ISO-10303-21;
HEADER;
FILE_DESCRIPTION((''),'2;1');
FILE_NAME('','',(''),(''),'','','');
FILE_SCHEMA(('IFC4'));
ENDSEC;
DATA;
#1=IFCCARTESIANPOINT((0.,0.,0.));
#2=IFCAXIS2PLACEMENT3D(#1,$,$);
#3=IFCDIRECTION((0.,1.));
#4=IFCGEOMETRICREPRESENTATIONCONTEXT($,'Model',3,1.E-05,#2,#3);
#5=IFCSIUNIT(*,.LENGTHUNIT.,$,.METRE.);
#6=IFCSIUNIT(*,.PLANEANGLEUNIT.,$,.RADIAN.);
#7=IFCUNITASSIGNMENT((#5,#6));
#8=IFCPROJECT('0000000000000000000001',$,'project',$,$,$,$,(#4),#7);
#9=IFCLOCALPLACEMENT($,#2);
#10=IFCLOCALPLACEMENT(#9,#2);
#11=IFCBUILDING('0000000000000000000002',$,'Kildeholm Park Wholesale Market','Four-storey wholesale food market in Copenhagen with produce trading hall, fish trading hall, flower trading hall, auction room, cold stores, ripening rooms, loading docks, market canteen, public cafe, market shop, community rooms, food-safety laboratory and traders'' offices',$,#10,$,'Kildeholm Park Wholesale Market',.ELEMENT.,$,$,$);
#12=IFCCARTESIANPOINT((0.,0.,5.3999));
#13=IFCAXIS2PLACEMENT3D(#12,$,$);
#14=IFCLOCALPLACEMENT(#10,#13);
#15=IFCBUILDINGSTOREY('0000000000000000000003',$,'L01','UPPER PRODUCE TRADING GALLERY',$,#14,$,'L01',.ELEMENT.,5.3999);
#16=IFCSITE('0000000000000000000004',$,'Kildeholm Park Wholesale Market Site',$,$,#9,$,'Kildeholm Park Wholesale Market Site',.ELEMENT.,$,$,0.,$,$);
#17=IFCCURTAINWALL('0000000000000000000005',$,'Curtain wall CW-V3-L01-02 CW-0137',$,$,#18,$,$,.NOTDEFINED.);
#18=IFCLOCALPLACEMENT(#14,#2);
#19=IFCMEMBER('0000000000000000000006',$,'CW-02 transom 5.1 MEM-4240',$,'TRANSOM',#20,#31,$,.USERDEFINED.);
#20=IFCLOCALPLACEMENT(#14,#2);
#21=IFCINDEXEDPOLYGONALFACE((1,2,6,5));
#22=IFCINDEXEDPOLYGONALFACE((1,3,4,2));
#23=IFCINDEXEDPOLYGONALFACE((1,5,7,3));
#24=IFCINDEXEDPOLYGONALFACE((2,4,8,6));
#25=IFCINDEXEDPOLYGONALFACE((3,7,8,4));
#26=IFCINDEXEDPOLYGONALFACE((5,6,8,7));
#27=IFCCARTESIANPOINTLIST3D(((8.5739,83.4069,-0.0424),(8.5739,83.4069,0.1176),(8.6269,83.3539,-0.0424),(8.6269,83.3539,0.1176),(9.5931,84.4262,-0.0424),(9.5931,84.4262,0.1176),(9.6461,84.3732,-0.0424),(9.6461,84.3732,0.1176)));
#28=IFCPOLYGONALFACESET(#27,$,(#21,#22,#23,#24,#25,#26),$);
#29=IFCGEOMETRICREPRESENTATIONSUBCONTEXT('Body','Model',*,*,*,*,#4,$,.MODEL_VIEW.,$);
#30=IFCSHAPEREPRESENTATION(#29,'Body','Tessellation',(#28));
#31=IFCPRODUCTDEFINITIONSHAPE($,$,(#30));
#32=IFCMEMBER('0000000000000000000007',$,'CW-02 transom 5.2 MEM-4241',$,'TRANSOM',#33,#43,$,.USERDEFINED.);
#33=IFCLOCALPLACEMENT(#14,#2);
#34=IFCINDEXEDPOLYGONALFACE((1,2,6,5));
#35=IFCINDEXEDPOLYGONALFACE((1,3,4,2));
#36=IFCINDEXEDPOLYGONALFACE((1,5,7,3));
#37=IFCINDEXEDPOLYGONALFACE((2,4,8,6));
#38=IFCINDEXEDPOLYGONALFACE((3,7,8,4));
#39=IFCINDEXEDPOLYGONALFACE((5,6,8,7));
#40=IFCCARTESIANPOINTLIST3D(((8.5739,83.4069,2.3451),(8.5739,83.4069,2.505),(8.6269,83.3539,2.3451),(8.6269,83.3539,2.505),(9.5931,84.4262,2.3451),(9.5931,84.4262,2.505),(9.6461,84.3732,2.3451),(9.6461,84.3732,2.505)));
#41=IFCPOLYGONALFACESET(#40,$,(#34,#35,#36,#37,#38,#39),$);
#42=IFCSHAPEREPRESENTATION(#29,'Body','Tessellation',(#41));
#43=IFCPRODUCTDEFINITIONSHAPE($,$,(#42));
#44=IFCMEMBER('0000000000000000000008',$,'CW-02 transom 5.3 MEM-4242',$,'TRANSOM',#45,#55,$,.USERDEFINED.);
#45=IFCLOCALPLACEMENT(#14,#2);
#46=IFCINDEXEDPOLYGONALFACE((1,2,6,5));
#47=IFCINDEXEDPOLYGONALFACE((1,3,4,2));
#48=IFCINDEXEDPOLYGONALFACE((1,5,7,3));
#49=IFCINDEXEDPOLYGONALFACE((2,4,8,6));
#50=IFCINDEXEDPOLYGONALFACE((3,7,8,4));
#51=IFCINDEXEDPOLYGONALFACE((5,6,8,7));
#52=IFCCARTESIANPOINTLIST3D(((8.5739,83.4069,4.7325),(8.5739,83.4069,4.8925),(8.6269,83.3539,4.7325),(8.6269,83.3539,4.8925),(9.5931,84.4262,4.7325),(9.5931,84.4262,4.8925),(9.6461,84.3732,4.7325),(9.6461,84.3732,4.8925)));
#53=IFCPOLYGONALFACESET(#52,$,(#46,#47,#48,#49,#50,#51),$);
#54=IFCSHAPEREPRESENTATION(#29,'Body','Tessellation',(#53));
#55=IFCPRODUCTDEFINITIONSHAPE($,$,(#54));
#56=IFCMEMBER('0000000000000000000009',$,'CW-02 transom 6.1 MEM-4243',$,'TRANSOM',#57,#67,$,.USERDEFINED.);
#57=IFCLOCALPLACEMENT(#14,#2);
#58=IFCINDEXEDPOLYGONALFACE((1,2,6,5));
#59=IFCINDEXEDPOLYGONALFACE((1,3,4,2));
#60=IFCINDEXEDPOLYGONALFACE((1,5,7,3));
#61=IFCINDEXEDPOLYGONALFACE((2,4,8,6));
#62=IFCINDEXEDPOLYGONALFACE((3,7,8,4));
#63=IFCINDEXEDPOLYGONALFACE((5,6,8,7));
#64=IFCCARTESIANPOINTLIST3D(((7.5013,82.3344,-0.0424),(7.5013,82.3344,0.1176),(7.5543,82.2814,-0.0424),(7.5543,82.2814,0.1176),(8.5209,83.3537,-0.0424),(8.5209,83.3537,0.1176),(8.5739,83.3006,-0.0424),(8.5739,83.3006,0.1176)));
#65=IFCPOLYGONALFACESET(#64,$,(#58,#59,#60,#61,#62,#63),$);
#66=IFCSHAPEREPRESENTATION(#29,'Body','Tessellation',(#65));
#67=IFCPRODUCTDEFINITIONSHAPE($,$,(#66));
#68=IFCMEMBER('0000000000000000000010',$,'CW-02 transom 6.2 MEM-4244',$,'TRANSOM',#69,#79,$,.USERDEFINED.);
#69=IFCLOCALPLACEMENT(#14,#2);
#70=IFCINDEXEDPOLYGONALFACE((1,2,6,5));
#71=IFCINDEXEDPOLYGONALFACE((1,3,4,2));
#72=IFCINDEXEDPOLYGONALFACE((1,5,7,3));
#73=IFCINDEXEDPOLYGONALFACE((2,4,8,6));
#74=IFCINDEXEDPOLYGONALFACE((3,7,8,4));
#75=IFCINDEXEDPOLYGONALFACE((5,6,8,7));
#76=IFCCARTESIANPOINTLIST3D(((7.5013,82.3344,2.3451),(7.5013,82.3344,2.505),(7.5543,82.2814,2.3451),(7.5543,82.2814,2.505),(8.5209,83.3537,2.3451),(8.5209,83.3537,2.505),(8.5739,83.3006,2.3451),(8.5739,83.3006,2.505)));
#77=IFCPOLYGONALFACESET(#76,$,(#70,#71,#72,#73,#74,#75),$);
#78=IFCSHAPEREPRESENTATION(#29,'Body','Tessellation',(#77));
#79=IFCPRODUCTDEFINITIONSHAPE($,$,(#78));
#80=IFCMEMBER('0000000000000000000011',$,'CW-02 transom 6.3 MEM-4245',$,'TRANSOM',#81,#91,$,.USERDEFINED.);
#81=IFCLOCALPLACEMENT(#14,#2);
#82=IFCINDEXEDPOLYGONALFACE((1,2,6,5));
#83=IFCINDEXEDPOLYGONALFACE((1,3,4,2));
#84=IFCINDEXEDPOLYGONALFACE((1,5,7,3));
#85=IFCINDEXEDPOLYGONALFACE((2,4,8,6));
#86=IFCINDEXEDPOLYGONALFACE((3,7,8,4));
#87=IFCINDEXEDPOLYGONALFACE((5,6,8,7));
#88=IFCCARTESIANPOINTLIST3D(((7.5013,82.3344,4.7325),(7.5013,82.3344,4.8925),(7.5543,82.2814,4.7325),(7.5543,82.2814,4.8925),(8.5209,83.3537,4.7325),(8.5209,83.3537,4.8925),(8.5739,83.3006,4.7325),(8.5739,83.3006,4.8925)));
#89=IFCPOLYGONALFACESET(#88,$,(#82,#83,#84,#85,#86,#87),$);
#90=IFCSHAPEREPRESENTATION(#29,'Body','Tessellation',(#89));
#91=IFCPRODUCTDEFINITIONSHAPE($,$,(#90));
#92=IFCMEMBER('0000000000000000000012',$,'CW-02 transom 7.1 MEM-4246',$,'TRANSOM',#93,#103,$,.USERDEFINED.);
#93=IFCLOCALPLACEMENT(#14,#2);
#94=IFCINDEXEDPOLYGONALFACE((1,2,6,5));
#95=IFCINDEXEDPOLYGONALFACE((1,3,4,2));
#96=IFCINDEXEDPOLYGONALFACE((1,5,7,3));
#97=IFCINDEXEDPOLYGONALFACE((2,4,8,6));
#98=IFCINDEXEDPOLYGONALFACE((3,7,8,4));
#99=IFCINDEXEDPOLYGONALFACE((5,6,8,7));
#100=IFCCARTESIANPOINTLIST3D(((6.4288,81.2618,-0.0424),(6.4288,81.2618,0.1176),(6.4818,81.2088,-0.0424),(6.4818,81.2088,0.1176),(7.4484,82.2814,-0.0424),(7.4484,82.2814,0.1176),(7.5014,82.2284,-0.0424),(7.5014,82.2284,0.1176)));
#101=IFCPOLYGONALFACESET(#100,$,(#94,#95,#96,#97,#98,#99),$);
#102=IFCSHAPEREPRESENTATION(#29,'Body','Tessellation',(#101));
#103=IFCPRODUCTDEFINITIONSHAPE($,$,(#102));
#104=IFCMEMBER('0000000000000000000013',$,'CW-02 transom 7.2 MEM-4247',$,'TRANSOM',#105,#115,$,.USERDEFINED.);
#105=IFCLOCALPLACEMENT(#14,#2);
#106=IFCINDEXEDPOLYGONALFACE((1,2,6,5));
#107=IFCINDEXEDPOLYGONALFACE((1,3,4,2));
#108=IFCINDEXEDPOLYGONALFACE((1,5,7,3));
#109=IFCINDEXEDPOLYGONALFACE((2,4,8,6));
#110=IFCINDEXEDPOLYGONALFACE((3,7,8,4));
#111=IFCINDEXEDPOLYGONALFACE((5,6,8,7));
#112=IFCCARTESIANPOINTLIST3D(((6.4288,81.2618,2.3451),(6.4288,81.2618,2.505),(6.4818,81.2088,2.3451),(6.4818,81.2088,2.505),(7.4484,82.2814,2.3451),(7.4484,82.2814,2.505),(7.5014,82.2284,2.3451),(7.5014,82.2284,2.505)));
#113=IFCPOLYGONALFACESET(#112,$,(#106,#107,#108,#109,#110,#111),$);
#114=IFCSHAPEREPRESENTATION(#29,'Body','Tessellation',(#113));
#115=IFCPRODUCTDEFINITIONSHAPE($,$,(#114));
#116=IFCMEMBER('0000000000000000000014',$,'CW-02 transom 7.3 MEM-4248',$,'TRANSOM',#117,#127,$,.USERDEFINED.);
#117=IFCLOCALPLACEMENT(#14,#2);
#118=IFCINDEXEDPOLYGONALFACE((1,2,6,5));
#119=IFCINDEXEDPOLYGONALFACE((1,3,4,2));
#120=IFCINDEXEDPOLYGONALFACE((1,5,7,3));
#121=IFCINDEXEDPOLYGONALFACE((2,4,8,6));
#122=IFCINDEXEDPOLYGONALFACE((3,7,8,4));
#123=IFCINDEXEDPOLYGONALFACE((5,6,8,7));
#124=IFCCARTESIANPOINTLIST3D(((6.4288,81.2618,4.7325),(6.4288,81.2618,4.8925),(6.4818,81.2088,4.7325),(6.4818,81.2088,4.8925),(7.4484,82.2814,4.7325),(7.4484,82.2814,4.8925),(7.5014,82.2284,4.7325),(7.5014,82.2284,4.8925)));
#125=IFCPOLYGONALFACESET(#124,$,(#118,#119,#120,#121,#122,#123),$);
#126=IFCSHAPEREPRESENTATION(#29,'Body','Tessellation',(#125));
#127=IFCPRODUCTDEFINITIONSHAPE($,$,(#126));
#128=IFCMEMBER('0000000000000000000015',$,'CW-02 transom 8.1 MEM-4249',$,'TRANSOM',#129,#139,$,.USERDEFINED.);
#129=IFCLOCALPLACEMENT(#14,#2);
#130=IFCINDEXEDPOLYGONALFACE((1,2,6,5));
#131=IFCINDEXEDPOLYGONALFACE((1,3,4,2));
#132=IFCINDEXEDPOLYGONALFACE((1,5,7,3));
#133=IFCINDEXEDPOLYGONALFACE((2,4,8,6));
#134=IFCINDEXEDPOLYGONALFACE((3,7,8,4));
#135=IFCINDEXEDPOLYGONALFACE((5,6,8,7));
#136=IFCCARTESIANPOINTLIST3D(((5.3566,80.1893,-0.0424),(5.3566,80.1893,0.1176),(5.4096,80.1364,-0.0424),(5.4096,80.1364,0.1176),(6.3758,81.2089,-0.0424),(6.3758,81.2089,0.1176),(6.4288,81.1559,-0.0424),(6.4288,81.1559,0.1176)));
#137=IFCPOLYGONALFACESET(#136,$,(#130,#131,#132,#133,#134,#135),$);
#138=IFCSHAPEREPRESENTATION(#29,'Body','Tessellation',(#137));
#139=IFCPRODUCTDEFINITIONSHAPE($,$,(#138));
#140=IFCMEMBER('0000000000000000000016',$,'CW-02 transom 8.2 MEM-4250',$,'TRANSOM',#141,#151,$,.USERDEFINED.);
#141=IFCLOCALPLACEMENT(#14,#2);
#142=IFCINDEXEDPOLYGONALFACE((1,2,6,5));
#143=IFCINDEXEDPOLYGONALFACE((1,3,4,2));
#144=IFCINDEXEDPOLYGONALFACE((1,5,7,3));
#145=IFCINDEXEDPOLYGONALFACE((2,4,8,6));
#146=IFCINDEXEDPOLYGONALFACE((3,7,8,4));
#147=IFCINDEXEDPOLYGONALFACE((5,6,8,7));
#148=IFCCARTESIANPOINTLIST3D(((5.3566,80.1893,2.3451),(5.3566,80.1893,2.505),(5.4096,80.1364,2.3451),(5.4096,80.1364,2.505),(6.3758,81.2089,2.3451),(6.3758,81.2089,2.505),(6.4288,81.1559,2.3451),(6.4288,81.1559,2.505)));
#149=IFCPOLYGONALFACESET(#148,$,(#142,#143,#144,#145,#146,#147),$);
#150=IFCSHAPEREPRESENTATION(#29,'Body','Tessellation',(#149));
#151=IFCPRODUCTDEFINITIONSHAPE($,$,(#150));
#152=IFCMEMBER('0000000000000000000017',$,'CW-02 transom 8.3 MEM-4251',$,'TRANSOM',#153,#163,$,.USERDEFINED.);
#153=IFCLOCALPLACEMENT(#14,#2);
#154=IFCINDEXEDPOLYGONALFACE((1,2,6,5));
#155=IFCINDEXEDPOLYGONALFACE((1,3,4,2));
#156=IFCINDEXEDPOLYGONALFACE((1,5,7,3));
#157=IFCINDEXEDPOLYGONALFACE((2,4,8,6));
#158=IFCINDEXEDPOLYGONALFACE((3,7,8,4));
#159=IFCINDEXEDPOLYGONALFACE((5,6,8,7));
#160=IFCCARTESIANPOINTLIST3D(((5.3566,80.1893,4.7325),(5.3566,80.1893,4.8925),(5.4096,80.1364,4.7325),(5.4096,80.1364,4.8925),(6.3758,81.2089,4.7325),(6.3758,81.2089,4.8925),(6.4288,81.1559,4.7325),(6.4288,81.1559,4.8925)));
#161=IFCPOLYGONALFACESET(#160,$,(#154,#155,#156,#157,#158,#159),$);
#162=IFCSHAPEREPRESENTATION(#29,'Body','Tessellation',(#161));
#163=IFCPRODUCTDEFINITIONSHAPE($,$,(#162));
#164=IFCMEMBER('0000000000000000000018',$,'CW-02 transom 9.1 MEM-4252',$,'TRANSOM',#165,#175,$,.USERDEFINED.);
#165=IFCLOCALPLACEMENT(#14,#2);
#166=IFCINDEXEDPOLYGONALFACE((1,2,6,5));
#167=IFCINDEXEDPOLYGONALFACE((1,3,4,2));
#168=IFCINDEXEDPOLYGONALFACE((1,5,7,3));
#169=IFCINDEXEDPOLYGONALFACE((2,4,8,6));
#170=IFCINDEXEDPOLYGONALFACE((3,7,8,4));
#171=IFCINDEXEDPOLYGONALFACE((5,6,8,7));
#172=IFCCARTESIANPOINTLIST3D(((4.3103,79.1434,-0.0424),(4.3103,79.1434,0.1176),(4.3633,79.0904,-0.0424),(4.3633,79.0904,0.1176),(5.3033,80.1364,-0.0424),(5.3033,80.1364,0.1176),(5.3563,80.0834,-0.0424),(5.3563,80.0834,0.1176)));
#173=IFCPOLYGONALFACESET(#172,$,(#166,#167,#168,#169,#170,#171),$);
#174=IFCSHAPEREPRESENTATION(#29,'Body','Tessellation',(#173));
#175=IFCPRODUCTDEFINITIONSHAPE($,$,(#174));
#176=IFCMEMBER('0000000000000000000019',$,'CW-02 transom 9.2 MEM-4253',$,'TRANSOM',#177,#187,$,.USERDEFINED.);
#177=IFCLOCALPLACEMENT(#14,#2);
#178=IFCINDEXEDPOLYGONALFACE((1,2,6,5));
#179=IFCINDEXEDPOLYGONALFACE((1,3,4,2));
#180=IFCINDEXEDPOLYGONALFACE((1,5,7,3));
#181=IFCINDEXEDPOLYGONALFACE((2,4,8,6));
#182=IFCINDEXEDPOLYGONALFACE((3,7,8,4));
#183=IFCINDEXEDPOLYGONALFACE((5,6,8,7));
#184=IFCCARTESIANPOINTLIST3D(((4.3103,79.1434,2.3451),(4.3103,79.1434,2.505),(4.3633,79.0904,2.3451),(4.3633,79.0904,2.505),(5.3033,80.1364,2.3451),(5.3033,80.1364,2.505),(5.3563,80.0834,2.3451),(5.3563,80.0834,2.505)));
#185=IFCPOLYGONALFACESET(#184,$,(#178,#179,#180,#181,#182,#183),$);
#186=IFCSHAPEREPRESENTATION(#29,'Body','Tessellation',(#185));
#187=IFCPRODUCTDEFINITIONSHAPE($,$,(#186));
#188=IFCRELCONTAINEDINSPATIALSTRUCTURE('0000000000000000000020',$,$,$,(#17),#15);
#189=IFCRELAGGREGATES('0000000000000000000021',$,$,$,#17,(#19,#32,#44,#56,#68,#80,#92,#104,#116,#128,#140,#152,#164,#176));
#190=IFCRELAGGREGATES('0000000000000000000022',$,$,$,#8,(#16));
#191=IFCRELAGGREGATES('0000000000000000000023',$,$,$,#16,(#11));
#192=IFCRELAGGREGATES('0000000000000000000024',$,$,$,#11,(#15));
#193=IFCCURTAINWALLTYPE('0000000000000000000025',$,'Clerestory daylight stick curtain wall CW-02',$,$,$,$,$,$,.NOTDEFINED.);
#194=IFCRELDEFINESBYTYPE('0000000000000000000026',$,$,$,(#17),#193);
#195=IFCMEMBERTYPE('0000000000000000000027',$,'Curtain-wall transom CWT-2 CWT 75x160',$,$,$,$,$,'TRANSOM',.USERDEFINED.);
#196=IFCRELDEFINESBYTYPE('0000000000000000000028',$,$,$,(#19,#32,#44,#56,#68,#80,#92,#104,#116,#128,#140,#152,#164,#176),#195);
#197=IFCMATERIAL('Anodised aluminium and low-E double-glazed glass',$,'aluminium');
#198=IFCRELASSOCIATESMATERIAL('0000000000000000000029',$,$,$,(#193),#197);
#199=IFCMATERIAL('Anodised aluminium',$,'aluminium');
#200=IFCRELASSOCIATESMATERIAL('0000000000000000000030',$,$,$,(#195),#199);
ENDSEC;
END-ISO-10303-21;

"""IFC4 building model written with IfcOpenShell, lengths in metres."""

from ifc_helpers import new_model, si_unit, direction, frame, origin, origin_2d, place, context, subcontext, project, spatial, rectangle, extrude, material, material_profile, profile_set, type_object, element, aggregate, save


model = new_model("IFC4")

# Units and contexts
model_context = context("Model", 3, precision=1e-05, world=origin(), true_north=direction((0.0, 1.0)))
body_context = subcontext(model_context, "Body", "Model", "MODEL_VIEW")
ifc_project = project(units=[si_unit("LENGTHUNIT", "METRE"), si_unit("PLANEANGLEUNIT", "RADIAN")], contexts=[model_context])

# Site, building, storey
site_placement = place(None, origin())
site = spatial("IfcSite", under=ifc_project, at=site_placement, Name="Kildeholm Park Wholesale Market Site", LongName="Kildeholm Park Wholesale Market Site", CompositionType="ELEMENT", RefElevation=0.0)
building_placement = place(site_placement, origin())
building = spatial("IfcBuilding", under=site, at=building_placement, Name="Kildeholm Park Wholesale Market", Description="Four-storey wholesale food market in Copenhagen with produce trading hall, fish trading hall, flower trading hall, auction room, cold stores, ripening rooms, loading docks, market canteen, public cafe, market shop, community rooms, food-safety laboratory and traders' offices", LongName="Kildeholm Park Wholesale Market", CompositionType="ELEMENT")
storey_placement = place(building_placement, frame((0.0, 0.0, 5.3999)))
storey = spatial("IfcBuildingStorey", under=building, at=storey_placement, Name="L01", Description="UPPER PRODUCE TRADING GALLERY", LongName="L01", CompositionType="ELEMENT", Elevation=5.3999)

# Curtain wall, members
ifc_material_1 = material(Name="Anodised aluminium and low-E double-glazed glass", Category="aluminium")
curtain_wall_type = type_object("IfcCurtainWallType", Name="Clerestory daylight stick curtain wall CW-02", PredefinedType="NOTDEFINED", material=ifc_material_1)
curtain_wall_placement = place(storey_placement, origin())
curtain_wall = element("IfcCurtainWall", 1, at=curtain_wall_placement, inside=storey, type_object=curtain_wall_type, Name="Curtain wall CW-V3-L01-02 CW-0137", PredefinedType="NOTDEFINED")
ifc_material_2 = material(Name="Anodised aluminium", Category="aluminium")
ifc_material_profile_1 = material_profile(ifc_material_2, rectangle(XDim=0.075, YDim=0.1599, at=origin_2d()), Name="CWT 75x160")
ifc_profile_set_1 = profile_set([ifc_material_profile_1], Name="Anodised aluminium")
member_type_1 = type_object("IfcMemberType", Name="Curtain-wall transom CWT-2 CWT 75x160", ElementType="TRANSOM", PredefinedType="USERDEFINED", material=ifc_profile_set_1)
member_1_placement = place(storey_placement, frame((9.6196, 84.3997, 0.0376), z_axis=(-0.707107, -0.707107, 0.0), x_axis=(0.707107, -0.707107, 0.0)))
member_1 = element("IfcMember", 2, at=member_1_placement, type_object=member_type_1, Name="CW-02 transom 5.1 MEM-4240", ObjectType="TRANSOM", PredefinedType="USERDEFINED", context=body_context, shape_type="SweptSolid", body=[
    extrude(rectangle(XDim=0.075, YDim=0.1599, at=origin_2d()), origin(), (0.0, 0.0, 1.0), 1.4414),
])
member_2_placement = place(storey_placement, frame((9.6196, 84.3997, 2.425), z_axis=(-0.707107, -0.707107, 0.0), x_axis=(0.707107, -0.707107, 0.0)))
member_2 = element("IfcMember", 3, at=member_2_placement, type_object=member_type_1, Name="CW-02 transom 5.2 MEM-4241", ObjectType="TRANSOM", PredefinedType="USERDEFINED", context=body_context, shape_type="SweptSolid", body=[
    extrude(rectangle(XDim=0.075, YDim=0.1599, at=origin_2d()), origin(), (0.0, 0.0, 1.0), 1.4414),
])
member_3_placement = place(storey_placement, frame((9.6196, 84.3997, 4.8125), z_axis=(-0.707107, -0.707107, 0.0), x_axis=(0.707107, -0.707107, 0.0)))
member_3 = element("IfcMember", 4, at=member_3_placement, type_object=member_type_1, Name="CW-02 transom 5.3 MEM-4242", ObjectType="TRANSOM", PredefinedType="USERDEFINED", context=body_context, shape_type="SweptSolid", body=[
    extrude(rectangle(XDim=0.075, YDim=0.1599, at=origin_2d()), origin(), (0.0, 0.0, 1.0), 1.4414),
])
member_4_placement = place(storey_placement, frame((8.5474, 83.3271, 0.0376), z_axis=(-0.707191, -0.707022, 0.0), x_axis=(0.707022, -0.707191, 0.0)))
member_4 = element("IfcMember", 5, at=member_4_placement, type_object=member_type_1, Name="CW-02 transom 6.1 MEM-4243", ObjectType="TRANSOM", PredefinedType="USERDEFINED", context=body_context, shape_type="SweptSolid", body=[
    extrude(rectangle(XDim=0.075, YDim=0.1599, at=origin_2d()), origin(), (0.0, 0.0, 1.0), 1.4417),
])
member_5_placement = place(storey_placement, frame((8.5474, 83.3271, 2.425), z_axis=(-0.707191, -0.707022, 0.0), x_axis=(0.707022, -0.707191, 0.0)))
member_5 = element("IfcMember", 6, at=member_5_placement, type_object=member_type_1, Name="CW-02 transom 6.2 MEM-4244", ObjectType="TRANSOM", PredefinedType="USERDEFINED", context=body_context, shape_type="SweptSolid", body=[
    extrude(rectangle(XDim=0.075, YDim=0.1599, at=origin_2d()), origin(), (0.0, 0.0, 1.0), 1.4417),
])
member_6_placement = place(storey_placement, frame((8.5474, 83.3271, 4.8125), z_axis=(-0.707191, -0.707022, 0.0), x_axis=(0.707022, -0.707191, 0.0)))
member_6 = element("IfcMember", 7, at=member_6_placement, type_object=member_type_1, Name="CW-02 transom 6.3 MEM-4245", ObjectType="TRANSOM", PredefinedType="USERDEFINED", context=body_context, shape_type="SweptSolid", body=[
    extrude(rectangle(XDim=0.075, YDim=0.1599, at=origin_2d()), origin(), (0.0, 0.0, 1.0), 1.4417),
])
member_7_placement = place(storey_placement, frame((7.4749, 82.2549, 0.0376), z_axis=(-0.707107, -0.707107, 0.0), x_axis=(0.707107, -0.707107, 0.0)))
member_7 = element("IfcMember", 8, at=member_7_placement, type_object=member_type_1, Name="CW-02 transom 7.1 MEM-4246", ObjectType="TRANSOM", PredefinedType="USERDEFINED", context=body_context, shape_type="SweptSolid", body=[
    extrude(rectangle(XDim=0.075, YDim=0.1599, at=origin_2d()), origin(), (0.0, 0.0, 1.0), 1.4419),
])
member_8_placement = place(storey_placement, frame((7.4749, 82.2549, 2.425), z_axis=(-0.707107, -0.707107, 0.0), x_axis=(0.707107, -0.707107, 0.0)))
member_8 = element("IfcMember", 9, at=member_8_placement, type_object=member_type_1, Name="CW-02 transom 7.2 MEM-4247", ObjectType="TRANSOM", PredefinedType="USERDEFINED", context=body_context, shape_type="SweptSolid", body=[
    extrude(rectangle(XDim=0.075, YDim=0.1599, at=origin_2d()), origin(), (0.0, 0.0, 1.0), 1.4419),
])
member_9_placement = place(storey_placement, frame((7.4749, 82.2549, 4.8125), z_axis=(-0.707107, -0.707107, 0.0), x_axis=(0.707107, -0.707107, 0.0)))
member_9 = element("IfcMember", 10, at=member_9_placement, type_object=member_type_1, Name="CW-02 transom 7.3 MEM-4248", ObjectType="TRANSOM", PredefinedType="USERDEFINED", context=body_context, shape_type="SweptSolid", body=[
    extrude(rectangle(XDim=0.075, YDim=0.1599, at=origin_2d()), origin(), (0.0, 0.0, 1.0), 1.4419),
])
member_10_placement = place(storey_placement, frame((6.4023, 81.1824, 0.0376), z_axis=(-0.707022, -0.707191, 0.0), x_axis=(0.707191, -0.707022, 0.0)))
member_10 = element("IfcMember", 11, at=member_10_placement, type_object=member_type_1, Name="CW-02 transom 8.1 MEM-4249", ObjectType="TRANSOM", PredefinedType="USERDEFINED", context=body_context, shape_type="SweptSolid", body=[
    extrude(rectangle(XDim=0.075, YDim=0.1599, at=origin_2d()), origin(), (0.0, 0.0, 1.0), 1.4417),
])
member_11_placement = place(storey_placement, frame((6.4023, 81.1824, 2.425), z_axis=(-0.707022, -0.707191, 0.0), x_axis=(0.707191, -0.707022, 0.0)))
member_11 = element("IfcMember", 12, at=member_11_placement, type_object=member_type_1, Name="CW-02 transom 8.2 MEM-4250", ObjectType="TRANSOM", PredefinedType="USERDEFINED", context=body_context, shape_type="SweptSolid", body=[
    extrude(rectangle(XDim=0.075, YDim=0.1599, at=origin_2d()), origin(), (0.0, 0.0, 1.0), 1.4417),
])
member_12_placement = place(storey_placement, frame((6.4023, 81.1824, 4.8125), z_axis=(-0.707022, -0.707191, 0.0), x_axis=(0.707191, -0.707022, 0.0)))
member_12 = element("IfcMember", 13, at=member_12_placement, type_object=member_type_1, Name="CW-02 transom 8.3 MEM-4251", ObjectType="TRANSOM", PredefinedType="USERDEFINED", context=body_context, shape_type="SweptSolid", body=[
    extrude(rectangle(XDim=0.075, YDim=0.1599, at=origin_2d()), origin(), (0.0, 0.0, 1.0), 1.4417),
])
member_13_placement = place(storey_placement, frame((5.3298, 80.1099, 0.0376), z_axis=(-0.707107, -0.707107, 0.0), x_axis=(0.707107, -0.707107, 0.0)))
member_13 = element("IfcMember", 14, at=member_13_placement, type_object=member_type_1, Name="CW-02 transom 9.1 MEM-4252", ObjectType="TRANSOM", PredefinedType="USERDEFINED", context=body_context, shape_type="SweptSolid", body=[
    extrude(rectangle(XDim=0.075, YDim=0.1599, at=origin_2d()), origin(), (0.0, 0.0, 1.0), 1.4043),
])
member_14_placement = place(storey_placement, frame((5.3298, 80.1099, 2.425), z_axis=(-0.707107, -0.707107, 0.0), x_axis=(0.707107, -0.707107, 0.0)))
member_14 = element("IfcMember", 15, at=member_14_placement, type_object=member_type_1, Name="CW-02 transom 9.2 MEM-4253", ObjectType="TRANSOM", PredefinedType="USERDEFINED", context=body_context, shape_type="SweptSolid", body=[
    extrude(rectangle(XDim=0.075, YDim=0.1599, at=origin_2d()), origin(), (0.0, 0.0, 1.0), 1.4043),
])
aggregate(curtain_wall, [member_1, member_2, member_3, member_4, member_5, member_6, member_7, member_8, member_9, member_10, member_11, member_12, member_13, member_14])

save(model, "model.ifc")
